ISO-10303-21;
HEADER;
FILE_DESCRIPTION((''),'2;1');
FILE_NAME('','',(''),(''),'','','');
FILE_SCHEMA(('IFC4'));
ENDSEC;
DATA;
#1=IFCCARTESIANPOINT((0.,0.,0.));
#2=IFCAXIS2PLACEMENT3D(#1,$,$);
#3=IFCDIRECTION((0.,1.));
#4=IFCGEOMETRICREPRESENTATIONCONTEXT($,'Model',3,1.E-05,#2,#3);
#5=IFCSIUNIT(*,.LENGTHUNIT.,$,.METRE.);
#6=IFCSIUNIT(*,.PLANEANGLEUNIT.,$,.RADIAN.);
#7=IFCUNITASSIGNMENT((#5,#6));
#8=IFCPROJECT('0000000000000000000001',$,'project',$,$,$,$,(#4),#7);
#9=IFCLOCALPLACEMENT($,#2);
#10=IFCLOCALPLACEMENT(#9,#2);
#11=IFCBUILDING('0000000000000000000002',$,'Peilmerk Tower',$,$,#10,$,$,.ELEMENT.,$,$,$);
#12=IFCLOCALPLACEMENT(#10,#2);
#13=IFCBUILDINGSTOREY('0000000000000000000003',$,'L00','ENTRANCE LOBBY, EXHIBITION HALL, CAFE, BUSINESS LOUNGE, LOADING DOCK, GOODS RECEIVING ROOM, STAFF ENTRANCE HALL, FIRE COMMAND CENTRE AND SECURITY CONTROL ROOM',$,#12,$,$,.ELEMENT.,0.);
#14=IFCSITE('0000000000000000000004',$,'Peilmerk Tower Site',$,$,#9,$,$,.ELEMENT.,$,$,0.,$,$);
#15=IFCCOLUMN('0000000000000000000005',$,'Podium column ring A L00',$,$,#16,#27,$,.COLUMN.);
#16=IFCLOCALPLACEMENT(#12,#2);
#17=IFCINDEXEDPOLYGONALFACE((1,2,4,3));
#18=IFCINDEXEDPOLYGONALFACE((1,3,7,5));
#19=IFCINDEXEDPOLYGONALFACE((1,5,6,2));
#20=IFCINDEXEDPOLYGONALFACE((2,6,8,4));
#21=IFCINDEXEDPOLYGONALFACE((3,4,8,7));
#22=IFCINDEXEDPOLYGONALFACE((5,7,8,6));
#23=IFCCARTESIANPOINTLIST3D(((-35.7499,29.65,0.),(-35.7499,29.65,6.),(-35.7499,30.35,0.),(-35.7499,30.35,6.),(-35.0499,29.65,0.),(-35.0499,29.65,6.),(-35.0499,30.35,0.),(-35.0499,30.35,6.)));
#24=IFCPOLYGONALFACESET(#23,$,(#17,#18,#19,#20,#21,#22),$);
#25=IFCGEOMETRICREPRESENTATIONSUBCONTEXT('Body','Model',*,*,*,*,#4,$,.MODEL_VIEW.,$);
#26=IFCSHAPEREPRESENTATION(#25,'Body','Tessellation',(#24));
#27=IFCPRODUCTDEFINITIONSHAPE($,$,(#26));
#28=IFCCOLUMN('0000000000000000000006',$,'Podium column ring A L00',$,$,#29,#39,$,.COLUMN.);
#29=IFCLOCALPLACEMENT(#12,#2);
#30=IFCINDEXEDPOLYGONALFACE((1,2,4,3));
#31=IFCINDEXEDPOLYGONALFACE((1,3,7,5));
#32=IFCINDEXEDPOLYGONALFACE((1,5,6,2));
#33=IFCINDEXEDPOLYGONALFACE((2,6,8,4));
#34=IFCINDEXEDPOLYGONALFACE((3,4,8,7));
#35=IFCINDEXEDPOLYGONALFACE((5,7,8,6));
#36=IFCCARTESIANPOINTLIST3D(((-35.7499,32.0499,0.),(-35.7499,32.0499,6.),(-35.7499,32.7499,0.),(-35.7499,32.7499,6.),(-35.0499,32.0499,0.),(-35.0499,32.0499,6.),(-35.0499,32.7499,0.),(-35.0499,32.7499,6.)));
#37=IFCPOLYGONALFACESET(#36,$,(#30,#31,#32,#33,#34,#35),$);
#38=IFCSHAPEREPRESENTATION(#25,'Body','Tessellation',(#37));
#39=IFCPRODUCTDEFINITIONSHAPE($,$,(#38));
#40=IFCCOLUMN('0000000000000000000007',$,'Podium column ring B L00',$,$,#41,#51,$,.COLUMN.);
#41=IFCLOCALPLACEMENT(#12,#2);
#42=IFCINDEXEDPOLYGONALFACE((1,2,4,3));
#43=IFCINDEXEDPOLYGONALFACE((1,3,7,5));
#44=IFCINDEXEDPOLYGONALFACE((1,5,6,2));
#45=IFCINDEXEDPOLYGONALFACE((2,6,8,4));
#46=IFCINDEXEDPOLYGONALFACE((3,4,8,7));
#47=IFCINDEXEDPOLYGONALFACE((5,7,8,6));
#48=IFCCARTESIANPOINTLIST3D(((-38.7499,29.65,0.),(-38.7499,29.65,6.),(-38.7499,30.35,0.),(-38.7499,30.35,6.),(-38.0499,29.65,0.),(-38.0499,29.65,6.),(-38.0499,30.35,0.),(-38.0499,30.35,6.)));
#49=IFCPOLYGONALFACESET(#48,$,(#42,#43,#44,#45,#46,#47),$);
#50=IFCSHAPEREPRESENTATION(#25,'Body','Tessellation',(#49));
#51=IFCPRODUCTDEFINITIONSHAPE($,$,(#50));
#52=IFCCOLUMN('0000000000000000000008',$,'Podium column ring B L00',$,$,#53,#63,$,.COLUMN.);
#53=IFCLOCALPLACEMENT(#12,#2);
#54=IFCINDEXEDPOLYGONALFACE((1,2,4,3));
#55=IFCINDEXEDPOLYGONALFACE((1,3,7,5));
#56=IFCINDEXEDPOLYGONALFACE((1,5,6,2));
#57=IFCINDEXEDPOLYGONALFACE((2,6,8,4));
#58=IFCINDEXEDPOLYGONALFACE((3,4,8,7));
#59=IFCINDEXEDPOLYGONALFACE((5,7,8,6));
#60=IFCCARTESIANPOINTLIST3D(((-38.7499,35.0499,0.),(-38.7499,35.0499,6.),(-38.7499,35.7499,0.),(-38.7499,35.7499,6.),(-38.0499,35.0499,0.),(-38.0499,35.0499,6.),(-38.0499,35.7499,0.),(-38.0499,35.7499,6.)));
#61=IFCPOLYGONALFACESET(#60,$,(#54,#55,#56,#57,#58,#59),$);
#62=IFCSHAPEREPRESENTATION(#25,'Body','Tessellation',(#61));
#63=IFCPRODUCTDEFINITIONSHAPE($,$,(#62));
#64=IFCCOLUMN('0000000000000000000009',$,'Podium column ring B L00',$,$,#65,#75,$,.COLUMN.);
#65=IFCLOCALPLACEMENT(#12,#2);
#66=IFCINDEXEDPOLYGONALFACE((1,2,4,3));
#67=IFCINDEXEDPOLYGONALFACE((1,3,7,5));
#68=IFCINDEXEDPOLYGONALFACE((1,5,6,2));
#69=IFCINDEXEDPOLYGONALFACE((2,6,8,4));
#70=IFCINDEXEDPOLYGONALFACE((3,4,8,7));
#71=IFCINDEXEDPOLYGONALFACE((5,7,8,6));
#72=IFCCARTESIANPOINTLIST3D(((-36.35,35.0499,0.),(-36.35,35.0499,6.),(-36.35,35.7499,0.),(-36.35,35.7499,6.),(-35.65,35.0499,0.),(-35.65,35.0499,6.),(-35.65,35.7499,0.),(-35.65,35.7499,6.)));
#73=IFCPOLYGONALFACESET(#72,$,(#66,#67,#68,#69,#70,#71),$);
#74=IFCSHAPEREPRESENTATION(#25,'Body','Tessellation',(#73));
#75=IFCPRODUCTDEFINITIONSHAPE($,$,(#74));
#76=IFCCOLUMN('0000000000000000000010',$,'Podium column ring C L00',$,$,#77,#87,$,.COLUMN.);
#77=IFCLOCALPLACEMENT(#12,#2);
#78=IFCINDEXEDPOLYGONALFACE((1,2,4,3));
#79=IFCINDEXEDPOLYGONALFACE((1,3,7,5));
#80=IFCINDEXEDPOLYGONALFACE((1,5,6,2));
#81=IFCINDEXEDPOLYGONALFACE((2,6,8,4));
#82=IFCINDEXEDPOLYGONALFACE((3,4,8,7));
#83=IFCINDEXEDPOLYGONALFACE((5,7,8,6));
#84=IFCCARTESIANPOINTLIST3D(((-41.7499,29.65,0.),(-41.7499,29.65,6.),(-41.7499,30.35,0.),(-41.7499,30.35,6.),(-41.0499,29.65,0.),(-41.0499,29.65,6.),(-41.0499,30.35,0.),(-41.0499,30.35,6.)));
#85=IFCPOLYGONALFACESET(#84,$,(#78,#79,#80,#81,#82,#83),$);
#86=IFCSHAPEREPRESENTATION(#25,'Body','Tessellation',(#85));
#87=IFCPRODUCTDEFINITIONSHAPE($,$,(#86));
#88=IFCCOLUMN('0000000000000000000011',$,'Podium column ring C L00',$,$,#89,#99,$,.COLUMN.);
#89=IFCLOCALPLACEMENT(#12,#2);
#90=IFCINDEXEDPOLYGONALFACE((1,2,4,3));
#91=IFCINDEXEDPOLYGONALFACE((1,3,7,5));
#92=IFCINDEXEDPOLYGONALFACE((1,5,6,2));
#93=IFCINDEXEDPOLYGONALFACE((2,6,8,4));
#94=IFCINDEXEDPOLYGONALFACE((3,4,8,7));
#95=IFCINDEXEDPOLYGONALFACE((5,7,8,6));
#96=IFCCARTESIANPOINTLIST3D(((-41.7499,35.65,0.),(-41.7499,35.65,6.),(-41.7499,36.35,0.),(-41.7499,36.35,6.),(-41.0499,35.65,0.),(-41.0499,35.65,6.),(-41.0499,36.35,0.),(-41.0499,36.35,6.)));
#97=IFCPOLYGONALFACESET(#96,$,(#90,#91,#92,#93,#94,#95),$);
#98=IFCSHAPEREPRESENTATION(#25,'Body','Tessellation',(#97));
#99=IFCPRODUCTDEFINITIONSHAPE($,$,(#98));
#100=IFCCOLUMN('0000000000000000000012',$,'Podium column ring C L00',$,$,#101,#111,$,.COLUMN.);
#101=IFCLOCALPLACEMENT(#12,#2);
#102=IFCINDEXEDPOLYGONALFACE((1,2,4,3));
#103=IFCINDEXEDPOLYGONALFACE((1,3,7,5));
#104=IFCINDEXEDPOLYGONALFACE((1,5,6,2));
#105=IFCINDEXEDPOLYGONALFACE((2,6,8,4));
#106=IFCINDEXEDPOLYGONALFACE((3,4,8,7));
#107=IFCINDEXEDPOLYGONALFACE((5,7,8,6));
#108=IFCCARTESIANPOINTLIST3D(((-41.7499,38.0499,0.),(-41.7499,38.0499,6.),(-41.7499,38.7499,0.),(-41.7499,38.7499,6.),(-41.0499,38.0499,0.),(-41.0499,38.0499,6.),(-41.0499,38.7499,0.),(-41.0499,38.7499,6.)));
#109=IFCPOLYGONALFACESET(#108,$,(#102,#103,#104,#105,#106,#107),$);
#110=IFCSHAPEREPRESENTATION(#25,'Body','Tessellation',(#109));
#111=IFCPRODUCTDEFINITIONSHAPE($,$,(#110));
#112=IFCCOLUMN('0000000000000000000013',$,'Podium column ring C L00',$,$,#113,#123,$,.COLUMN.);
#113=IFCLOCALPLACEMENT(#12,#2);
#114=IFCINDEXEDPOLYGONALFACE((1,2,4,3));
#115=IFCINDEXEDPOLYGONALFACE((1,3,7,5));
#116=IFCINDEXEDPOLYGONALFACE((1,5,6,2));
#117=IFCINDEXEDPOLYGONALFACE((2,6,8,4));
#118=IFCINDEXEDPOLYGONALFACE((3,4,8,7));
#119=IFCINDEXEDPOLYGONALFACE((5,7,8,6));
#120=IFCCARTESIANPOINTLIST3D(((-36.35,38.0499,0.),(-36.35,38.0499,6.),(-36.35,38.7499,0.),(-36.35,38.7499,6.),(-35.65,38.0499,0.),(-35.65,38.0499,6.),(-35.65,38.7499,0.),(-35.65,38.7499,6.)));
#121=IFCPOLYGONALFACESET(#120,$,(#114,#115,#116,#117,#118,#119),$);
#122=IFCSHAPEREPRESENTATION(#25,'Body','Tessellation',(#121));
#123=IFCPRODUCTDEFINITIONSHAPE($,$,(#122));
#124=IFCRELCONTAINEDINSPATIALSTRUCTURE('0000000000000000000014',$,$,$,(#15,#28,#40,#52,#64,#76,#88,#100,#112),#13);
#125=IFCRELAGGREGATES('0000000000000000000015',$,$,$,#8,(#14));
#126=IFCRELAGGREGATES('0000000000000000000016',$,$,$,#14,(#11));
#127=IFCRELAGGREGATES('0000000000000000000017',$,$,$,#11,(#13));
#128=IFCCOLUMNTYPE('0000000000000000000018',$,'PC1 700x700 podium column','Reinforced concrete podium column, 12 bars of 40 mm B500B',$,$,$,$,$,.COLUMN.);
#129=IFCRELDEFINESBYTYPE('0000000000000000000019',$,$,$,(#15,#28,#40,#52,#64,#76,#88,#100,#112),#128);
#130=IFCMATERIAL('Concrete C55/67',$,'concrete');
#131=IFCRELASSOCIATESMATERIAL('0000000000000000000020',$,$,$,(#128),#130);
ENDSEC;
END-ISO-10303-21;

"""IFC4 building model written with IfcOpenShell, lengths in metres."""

from ifc_helpers import new_model, si_unit, direction, frame, origin, origin_2d, place, context, subcontext, project, spatial, rectangle, extrude, material, material_profile, profile_set, type_object, element, save


model = new_model("IFC4")

# Units and contexts
model_context = context("Model", 3, precision=1e-05, world=origin(), true_north=direction((0.0, 1.0)))
body_context = subcontext(model_context, "Body", "Model", "MODEL_VIEW")
ifc_project = project(units=[si_unit("LENGTHUNIT", "METRE"), si_unit("PLANEANGLEUNIT", "RADIAN")], contexts=[model_context])

# Site, building, storey
site_placement = place(None, origin())
site = spatial("IfcSite", under=ifc_project, at=site_placement, Name="Peilmerk Tower Site", CompositionType="ELEMENT", RefElevation=0.0)
building_placement = place(site_placement, origin())
building = spatial("IfcBuilding", under=site, at=building_placement, Name="Peilmerk Tower", CompositionType="ELEMENT")
storey_placement = place(building_placement, origin())
storey = spatial("IfcBuildingStorey", under=building, at=storey_placement, Name="L00", Description="ENTRANCE LOBBY, EXHIBITION HALL, CAFE, BUSINESS LOUNGE, LOADING DOCK, GOODS RECEIVING ROOM, STAFF ENTRANCE HALL, FIRE COMMAND CENTRE AND SECURITY CONTROL ROOM", CompositionType="ELEMENT", Elevation=0.0)

# Columns
ifc_material_1 = material(Name="Concrete C55/67", Category="concrete")
ifc_material_profile = material_profile(ifc_material_1, rectangle(XDim=0.7, YDim=0.7, at=origin_2d()), Name="RC 700x700")
ifc_profile_set = profile_set([ifc_material_profile], Name="Concrete C55/67")
column_type = type_object("IfcColumnType", Name="PC1 700x700 podium column", Description="Reinforced concrete podium column, 12 bars of 40 mm B500B", PredefinedType="COLUMN", material=ifc_profile_set)
for number, where, z_axis, x_axis, name in (
    (1, (-35.3999, 30.0, 0.0), (0.0, 0.0, 1.0), (1.0, 0.0, 0.0), "Podium column ring A L00"),
    (2, (-35.3999, 32.3999, 0.0), (0.0, 0.0, 1.0), (1.0, 0.0, 0.0), "Podium column ring A L00"),
    (3, (-38.3999, 30.0, 0.0), (0.0, 0.0, 1.0), (1.0, 0.0, 0.0), "Podium column ring B L00"),
    (4, (-38.3999, 35.3999, 0.0), (0.0, 0.0, 1.0), (1.0, 0.0, 0.0), "Podium column ring B L00"),
    (5, (-36.0, 35.3999, 0.0), (0.0, 0.0, 1.0), (1.0, 0.0, 0.0), "Podium column ring B L00"),
    (6, (-41.3999, 30.0, 0.0), (0.0, 0.0, 1.0), (1.0, 0.0, 0.0), "Podium column ring C L00"),
    (7, (-41.3999, 36.0, 0.0), (0.0, 0.0, 1.0), (1.0, 0.0, 0.0), "Podium column ring C L00"),
    (8, (-41.3999, 38.3999, 0.0), (0.0, 0.0, 1.0), (1.0, 0.0, 0.0), "Podium column ring C L00"),
    (9, (-36.0, 38.3999, 0.0), (0.0, 0.0, 1.0), (1.0, 0.0, 0.0), "Podium column ring C L00"),
):
    element("IfcColumn", number, at=place(storey_placement, frame(where, z_axis=z_axis, x_axis=x_axis)), inside=storey, type_object=column_type, Name=name, PredefinedType="COLUMN", context=body_context, shape_type="SweptSolid", body=[
        extrude(rectangle(XDim=0.7, YDim=0.7, at=origin_2d()), origin(), (0.0, 0.0, 1.0), 6.0),
    ])

save(model, "model.ifc")
